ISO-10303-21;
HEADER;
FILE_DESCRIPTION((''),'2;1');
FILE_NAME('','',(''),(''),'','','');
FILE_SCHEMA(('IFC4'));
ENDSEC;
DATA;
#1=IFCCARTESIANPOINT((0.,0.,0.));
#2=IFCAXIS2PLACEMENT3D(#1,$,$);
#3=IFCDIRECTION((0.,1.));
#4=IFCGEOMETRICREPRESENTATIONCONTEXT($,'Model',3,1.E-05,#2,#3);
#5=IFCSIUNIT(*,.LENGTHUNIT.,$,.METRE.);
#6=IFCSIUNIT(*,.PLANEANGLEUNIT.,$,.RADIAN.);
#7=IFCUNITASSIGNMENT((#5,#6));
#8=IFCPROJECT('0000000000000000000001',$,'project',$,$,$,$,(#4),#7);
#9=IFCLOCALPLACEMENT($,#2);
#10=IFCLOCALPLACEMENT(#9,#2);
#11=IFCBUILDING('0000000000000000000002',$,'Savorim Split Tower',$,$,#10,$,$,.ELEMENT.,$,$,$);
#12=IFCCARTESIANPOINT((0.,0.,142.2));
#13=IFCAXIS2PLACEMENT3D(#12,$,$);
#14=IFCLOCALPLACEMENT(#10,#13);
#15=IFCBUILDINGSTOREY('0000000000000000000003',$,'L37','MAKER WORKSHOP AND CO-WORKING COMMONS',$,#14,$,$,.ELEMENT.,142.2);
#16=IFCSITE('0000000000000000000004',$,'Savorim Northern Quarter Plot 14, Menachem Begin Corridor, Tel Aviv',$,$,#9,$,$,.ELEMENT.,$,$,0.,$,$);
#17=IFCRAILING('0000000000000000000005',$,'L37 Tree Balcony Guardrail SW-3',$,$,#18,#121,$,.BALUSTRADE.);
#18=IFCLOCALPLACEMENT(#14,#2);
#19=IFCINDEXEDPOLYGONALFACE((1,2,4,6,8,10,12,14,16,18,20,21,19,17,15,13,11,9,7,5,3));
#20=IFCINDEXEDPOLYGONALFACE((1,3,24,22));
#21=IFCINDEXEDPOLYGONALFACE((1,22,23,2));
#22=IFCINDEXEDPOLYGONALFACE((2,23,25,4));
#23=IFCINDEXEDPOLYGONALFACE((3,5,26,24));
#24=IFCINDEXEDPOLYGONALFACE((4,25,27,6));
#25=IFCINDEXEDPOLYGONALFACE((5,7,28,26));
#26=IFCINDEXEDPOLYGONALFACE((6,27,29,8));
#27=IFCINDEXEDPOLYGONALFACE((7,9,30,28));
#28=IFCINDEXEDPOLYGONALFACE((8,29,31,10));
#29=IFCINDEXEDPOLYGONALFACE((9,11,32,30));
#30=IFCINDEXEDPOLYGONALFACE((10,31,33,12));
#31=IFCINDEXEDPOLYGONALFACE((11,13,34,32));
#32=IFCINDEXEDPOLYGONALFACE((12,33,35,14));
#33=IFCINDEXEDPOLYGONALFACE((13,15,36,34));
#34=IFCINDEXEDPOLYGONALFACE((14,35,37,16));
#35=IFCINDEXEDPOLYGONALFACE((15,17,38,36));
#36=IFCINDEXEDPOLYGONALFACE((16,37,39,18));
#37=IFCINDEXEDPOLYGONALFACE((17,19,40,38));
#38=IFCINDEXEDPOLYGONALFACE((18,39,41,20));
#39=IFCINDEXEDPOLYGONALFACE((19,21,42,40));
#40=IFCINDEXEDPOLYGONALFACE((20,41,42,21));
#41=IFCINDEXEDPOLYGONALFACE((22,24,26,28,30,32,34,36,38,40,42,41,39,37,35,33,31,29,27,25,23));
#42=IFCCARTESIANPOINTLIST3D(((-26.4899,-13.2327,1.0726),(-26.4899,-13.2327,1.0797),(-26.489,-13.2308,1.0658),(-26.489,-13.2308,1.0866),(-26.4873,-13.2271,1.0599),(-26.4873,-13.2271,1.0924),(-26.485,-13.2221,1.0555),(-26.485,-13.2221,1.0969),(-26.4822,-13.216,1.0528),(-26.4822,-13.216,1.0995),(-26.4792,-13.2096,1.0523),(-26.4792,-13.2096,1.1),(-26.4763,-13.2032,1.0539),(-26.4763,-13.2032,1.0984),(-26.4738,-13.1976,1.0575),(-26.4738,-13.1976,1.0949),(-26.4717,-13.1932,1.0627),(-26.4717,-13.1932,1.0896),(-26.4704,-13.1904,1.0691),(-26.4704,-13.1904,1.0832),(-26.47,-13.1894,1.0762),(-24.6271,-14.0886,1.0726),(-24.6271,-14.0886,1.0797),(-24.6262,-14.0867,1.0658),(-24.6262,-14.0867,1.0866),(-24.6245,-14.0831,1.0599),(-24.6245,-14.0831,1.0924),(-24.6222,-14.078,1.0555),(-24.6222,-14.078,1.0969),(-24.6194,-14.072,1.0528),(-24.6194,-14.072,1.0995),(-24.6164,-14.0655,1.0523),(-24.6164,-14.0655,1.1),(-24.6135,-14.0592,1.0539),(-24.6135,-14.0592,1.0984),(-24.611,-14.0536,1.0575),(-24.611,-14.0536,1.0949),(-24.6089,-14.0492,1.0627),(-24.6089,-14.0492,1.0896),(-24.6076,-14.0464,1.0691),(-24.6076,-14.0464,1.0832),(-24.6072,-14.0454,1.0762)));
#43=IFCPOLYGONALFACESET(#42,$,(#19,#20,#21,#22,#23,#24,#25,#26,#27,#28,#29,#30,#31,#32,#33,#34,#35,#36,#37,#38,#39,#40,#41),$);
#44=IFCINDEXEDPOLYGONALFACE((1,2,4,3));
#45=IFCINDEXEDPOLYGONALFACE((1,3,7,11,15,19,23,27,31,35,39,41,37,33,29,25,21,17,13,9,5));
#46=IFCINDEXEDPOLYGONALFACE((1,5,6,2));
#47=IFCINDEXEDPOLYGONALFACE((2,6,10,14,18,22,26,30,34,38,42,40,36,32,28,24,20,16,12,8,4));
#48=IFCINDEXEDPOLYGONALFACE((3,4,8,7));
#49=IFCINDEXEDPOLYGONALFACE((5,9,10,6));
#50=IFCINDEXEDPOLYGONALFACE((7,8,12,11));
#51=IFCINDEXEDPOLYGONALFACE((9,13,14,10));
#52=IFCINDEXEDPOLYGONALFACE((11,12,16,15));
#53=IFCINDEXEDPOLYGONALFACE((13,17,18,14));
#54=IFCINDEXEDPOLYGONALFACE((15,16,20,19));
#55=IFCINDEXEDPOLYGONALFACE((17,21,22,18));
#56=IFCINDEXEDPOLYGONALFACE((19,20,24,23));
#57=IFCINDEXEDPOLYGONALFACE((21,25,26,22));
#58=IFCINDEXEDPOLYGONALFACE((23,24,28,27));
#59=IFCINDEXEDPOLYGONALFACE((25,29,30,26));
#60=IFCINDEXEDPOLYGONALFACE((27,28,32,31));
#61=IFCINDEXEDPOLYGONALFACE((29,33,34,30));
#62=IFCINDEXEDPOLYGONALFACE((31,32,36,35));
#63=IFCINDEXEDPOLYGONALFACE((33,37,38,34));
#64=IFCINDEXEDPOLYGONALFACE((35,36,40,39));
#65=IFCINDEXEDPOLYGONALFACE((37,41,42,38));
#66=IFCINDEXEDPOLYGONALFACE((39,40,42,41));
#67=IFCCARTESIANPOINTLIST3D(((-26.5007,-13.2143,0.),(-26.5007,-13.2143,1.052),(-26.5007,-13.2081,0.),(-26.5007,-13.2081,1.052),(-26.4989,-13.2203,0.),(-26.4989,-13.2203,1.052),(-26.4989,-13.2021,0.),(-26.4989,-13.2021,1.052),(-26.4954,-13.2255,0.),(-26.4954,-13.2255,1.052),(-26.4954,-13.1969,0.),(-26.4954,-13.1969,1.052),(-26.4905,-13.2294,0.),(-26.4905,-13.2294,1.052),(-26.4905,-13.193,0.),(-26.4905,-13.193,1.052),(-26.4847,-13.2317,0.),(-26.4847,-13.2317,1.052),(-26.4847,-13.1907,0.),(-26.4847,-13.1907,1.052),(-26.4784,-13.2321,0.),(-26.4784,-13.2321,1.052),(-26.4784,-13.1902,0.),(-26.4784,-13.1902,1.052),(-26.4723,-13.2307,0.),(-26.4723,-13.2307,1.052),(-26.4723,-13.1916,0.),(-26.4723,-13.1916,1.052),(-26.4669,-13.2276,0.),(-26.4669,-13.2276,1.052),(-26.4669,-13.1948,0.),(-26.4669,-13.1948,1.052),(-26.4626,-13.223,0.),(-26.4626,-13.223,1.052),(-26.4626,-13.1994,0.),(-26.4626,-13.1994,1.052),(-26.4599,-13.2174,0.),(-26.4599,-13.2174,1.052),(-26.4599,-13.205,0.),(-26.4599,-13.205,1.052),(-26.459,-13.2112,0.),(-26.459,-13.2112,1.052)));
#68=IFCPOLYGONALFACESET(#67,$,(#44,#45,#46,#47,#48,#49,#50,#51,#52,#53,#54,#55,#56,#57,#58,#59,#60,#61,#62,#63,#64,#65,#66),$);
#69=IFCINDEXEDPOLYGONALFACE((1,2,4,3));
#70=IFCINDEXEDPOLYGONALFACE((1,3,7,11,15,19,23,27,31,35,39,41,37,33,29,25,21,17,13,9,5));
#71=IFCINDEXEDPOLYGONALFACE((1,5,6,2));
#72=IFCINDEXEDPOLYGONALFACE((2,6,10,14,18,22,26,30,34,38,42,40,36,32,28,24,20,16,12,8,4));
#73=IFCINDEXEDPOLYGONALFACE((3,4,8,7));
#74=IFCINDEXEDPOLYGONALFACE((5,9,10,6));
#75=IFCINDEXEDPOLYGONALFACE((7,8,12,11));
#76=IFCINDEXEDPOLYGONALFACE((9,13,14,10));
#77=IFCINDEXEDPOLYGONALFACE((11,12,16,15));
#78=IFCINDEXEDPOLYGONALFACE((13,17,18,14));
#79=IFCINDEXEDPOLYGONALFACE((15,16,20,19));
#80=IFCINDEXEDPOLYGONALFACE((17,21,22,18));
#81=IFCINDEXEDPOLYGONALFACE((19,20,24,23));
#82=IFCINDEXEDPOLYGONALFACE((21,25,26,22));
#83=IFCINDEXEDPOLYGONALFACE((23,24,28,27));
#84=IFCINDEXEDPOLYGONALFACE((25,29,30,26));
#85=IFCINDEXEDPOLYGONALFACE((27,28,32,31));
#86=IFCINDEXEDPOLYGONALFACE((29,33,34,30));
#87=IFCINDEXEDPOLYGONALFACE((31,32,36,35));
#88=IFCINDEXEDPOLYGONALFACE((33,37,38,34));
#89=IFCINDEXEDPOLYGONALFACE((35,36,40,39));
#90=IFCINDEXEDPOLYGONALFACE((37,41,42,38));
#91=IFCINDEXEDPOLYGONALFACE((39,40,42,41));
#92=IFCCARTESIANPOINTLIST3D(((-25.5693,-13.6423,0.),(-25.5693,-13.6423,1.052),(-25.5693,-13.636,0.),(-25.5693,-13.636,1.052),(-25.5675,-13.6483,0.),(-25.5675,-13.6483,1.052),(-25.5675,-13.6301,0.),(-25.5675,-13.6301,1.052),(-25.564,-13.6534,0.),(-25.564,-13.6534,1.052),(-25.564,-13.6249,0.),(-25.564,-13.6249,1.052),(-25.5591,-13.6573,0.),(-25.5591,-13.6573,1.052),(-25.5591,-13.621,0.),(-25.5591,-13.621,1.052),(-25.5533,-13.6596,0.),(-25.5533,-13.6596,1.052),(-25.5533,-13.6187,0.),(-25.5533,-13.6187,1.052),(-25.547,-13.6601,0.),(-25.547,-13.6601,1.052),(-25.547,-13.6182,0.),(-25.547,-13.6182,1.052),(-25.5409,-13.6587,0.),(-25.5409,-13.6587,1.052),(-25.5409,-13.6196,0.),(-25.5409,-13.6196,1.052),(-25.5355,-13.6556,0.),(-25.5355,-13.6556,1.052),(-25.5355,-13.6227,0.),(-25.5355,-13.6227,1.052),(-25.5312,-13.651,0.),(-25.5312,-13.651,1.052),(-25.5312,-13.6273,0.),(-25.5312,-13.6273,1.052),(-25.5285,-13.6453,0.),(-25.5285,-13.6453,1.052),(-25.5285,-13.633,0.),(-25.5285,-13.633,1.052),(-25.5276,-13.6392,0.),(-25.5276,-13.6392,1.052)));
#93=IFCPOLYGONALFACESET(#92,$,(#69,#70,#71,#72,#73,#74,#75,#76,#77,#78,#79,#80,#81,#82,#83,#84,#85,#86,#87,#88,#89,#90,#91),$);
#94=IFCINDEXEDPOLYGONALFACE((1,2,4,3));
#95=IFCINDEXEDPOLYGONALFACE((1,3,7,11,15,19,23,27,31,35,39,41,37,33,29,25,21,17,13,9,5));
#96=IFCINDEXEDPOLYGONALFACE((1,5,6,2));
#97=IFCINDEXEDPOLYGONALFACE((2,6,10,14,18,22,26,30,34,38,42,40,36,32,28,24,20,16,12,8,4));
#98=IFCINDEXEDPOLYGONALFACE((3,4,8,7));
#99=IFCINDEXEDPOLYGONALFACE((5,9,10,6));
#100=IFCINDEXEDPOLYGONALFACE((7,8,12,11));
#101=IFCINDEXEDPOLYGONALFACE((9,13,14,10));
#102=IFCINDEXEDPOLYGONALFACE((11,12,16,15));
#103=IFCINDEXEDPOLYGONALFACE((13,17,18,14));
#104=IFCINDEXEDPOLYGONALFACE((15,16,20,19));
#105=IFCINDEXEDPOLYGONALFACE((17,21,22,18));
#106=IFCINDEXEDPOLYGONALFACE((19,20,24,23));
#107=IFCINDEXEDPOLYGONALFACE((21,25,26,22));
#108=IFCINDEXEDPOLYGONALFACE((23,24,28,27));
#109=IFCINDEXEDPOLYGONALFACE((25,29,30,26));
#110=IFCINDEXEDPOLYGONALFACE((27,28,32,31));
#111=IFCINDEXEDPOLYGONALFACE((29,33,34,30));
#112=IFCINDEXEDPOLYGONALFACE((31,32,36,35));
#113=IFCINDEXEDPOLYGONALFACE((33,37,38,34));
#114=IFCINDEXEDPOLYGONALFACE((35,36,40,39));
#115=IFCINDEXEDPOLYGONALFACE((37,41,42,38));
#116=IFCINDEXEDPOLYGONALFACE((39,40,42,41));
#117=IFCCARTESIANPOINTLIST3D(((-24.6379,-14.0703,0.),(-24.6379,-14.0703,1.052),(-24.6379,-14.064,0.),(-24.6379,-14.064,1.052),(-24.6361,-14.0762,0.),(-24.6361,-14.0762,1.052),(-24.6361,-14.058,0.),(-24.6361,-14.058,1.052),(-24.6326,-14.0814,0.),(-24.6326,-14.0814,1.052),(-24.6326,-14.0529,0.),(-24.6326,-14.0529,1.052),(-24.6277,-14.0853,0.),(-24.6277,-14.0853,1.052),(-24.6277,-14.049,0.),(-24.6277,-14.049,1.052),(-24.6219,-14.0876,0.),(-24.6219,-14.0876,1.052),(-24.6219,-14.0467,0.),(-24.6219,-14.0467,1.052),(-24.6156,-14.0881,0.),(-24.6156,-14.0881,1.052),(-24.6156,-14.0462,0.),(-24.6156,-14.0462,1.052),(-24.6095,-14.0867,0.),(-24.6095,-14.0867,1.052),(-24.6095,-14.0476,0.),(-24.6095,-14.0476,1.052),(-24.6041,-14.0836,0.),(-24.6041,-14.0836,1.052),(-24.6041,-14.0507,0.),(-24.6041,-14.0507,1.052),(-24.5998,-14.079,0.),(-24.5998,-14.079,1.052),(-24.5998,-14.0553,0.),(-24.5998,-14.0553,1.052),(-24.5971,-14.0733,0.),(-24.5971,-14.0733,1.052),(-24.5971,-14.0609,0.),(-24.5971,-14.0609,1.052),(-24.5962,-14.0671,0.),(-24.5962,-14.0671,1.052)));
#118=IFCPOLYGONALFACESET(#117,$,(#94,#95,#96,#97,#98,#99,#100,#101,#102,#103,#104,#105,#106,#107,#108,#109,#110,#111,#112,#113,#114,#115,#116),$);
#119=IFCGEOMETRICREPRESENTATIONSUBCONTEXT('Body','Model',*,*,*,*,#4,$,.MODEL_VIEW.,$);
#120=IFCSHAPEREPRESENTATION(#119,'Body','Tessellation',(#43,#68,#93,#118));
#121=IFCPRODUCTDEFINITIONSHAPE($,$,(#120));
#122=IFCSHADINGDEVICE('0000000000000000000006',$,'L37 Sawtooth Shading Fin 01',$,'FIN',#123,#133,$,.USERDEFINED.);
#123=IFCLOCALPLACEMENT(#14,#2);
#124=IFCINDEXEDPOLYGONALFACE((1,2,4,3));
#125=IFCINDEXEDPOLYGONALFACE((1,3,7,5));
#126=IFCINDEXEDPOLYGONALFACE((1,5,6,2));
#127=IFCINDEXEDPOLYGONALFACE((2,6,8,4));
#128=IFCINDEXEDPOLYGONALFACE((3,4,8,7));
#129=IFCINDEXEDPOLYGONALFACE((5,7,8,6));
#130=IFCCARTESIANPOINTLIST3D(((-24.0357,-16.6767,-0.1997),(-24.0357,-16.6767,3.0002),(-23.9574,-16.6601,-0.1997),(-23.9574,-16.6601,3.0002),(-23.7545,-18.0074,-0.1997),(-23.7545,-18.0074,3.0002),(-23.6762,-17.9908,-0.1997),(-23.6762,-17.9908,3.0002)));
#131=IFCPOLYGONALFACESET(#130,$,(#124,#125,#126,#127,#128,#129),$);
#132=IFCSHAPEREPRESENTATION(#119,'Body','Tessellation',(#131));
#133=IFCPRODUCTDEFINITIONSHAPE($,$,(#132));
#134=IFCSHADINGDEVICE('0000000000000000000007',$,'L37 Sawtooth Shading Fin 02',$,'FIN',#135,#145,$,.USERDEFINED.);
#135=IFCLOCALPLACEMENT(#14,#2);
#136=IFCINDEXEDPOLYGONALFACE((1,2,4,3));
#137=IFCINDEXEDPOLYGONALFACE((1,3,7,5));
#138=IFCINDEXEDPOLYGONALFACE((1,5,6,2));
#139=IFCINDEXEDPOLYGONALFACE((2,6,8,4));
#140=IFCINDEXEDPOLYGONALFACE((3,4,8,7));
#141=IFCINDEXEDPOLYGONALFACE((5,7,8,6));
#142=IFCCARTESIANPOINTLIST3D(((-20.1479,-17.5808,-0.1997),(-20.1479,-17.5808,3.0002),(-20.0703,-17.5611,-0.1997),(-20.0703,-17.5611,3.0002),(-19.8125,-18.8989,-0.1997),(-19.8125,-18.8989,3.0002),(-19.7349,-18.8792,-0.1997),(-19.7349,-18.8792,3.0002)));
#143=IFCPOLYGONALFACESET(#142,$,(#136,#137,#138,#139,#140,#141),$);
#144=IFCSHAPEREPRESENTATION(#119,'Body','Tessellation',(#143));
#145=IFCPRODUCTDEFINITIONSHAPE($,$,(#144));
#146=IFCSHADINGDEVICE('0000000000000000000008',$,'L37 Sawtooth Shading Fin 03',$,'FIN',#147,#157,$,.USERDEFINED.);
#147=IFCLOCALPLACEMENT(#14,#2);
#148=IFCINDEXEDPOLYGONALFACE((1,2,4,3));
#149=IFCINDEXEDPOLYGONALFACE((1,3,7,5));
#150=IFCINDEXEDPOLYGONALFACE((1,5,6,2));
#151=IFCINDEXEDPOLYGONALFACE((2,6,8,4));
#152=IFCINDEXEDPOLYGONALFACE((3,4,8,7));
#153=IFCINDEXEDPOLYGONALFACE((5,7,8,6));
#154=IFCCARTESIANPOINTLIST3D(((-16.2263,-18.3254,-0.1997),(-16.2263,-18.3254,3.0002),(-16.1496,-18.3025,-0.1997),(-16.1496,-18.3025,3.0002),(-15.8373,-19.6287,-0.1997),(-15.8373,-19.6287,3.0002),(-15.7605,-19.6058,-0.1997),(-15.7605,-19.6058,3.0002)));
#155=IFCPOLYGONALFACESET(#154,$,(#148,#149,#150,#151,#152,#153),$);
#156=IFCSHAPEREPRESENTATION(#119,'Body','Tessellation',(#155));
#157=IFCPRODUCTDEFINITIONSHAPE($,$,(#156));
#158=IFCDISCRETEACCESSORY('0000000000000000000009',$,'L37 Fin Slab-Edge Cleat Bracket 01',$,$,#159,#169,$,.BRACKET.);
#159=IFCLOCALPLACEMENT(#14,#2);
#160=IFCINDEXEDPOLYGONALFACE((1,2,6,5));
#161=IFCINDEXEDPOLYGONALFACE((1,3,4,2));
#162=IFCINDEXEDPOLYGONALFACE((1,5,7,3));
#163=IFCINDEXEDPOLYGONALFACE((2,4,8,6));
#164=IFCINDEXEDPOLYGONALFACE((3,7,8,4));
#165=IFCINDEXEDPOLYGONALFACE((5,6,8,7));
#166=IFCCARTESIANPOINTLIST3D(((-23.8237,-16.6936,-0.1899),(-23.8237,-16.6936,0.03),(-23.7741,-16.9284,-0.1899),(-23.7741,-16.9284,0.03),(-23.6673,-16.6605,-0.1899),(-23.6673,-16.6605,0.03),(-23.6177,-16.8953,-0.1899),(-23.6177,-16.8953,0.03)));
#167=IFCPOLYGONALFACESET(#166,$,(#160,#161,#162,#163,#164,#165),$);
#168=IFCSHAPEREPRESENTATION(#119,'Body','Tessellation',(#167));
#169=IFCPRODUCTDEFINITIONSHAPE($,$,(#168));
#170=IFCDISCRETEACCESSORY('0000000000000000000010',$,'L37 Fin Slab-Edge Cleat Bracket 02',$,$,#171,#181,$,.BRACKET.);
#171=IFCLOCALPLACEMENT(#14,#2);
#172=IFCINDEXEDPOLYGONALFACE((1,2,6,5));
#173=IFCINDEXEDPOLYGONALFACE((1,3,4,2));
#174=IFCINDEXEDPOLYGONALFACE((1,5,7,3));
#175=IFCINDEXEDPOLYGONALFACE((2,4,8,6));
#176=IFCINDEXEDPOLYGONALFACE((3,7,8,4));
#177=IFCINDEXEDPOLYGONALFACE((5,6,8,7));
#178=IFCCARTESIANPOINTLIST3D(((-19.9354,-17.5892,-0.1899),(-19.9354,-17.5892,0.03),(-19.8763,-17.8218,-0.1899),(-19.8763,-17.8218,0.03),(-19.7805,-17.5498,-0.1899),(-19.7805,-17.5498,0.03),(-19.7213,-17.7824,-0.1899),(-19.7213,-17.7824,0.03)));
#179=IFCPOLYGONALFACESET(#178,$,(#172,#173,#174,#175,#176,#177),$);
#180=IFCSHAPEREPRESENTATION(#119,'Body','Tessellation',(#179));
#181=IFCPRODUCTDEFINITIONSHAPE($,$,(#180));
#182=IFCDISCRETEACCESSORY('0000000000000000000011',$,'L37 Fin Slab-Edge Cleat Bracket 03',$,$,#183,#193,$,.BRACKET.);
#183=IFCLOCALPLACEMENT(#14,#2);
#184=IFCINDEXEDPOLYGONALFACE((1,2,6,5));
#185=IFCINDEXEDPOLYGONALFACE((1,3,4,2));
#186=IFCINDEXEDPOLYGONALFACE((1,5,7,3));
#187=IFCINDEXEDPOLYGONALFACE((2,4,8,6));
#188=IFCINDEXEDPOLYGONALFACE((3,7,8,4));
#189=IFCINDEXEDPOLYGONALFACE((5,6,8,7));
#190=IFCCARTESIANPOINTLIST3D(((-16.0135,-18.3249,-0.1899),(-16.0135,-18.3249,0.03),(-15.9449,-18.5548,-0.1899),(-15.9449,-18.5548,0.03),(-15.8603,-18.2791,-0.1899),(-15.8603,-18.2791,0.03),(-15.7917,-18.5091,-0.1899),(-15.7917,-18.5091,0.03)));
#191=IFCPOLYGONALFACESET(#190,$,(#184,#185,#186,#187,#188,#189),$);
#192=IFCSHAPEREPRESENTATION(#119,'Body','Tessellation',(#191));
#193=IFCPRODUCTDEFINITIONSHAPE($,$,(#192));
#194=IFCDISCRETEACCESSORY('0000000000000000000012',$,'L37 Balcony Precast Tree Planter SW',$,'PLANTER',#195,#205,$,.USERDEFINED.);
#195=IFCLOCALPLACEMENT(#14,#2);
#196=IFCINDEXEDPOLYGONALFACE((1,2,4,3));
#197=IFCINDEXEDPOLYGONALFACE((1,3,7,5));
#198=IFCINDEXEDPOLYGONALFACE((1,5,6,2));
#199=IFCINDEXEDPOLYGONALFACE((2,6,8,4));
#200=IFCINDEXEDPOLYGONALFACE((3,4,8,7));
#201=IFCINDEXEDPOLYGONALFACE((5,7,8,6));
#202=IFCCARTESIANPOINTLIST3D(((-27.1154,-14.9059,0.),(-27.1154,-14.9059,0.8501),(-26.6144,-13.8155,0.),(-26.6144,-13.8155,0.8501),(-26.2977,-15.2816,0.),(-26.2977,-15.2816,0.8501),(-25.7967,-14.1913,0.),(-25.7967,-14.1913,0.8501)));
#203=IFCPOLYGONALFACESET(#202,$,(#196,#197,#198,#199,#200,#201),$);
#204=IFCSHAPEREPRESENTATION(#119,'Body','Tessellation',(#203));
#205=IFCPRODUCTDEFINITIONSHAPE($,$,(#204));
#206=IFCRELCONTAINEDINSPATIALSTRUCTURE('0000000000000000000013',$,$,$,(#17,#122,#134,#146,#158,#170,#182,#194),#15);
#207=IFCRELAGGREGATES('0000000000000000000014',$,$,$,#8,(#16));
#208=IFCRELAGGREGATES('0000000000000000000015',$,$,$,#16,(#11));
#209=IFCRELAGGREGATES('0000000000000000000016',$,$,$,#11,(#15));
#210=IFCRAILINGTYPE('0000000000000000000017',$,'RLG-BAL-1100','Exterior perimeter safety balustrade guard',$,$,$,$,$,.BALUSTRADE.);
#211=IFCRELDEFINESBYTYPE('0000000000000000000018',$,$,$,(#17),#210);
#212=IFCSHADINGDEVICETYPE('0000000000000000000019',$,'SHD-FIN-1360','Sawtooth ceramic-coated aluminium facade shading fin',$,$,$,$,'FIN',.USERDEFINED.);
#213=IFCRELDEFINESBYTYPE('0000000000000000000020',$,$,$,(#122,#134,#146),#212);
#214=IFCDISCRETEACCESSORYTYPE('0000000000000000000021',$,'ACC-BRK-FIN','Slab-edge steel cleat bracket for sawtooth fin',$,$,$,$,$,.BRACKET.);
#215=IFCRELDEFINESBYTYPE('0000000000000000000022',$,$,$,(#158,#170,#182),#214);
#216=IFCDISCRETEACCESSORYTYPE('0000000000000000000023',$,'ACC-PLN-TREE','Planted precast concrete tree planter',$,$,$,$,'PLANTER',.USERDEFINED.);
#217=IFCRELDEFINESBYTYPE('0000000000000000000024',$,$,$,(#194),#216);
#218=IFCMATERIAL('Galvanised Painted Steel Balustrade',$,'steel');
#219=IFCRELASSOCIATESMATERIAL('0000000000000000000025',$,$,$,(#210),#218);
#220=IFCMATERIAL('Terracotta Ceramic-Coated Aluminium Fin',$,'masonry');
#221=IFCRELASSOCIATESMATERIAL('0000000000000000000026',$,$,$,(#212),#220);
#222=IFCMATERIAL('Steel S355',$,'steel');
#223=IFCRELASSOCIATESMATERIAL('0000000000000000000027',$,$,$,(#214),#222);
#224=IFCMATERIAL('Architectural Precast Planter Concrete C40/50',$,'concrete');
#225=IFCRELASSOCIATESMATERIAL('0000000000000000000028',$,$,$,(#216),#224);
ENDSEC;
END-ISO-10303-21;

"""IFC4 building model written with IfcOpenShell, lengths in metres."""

from ifc_helpers import new_model, si_unit, direction, frame, origin, origin_2d, place, context, subcontext, project, spatial, rectangle, circle, extrude, material, type_object, element, save


model = new_model("IFC4")

# Units and contexts
model_context = context("Model", 3, precision=1e-05, world=origin(), true_north=direction((0.0, 1.0)))
body_context = subcontext(model_context, "Body", "Model", "MODEL_VIEW")
ifc_project = project(units=[si_unit("LENGTHUNIT", "METRE"), si_unit("PLANEANGLEUNIT", "RADIAN")], contexts=[model_context])

# Site, building, storey
site_placement = place(None, origin())
site = spatial("IfcSite", under=ifc_project, at=site_placement, Name="Savorim Northern Quarter Plot 14, Menachem Begin Corridor, Tel Aviv", CompositionType="ELEMENT", RefElevation=0.0)
building_placement = place(site_placement, origin())
building = spatial("IfcBuilding", under=site, at=building_placement, Name="Savorim Split Tower", CompositionType="ELEMENT")
storey_placement = place(building_placement, frame((0.0, 0.0, 142.2)))
storey = spatial("IfcBuildingStorey", under=building, at=storey_placement, Name="L37", Description="MAKER WORKSHOP AND CO-WORKING COMMONS", CompositionType="ELEMENT", Elevation=142.2)

# Shared definitions
ifc_material_1 = material(Name="Steel S355", Category="steel")

# Railing
ifc_material_2 = material(Name="Galvanised Painted Steel Balustrade", Category="steel")
railing_type = type_object("IfcRailingType", Name="RLG-BAL-1100", Description="Exterior perimeter safety balustrade guard", PredefinedType="BALUSTRADE", material=ifc_material_2)
railing_1_placement = place(storey_placement, frame((-26.48, -13.2112, 0.0)))
element("IfcRailing", 1, at=railing_1_placement, inside=storey, type_object=railing_type, Name="L37 Tree Balcony Guardrail SW-3", PredefinedType="BALUSTRADE", context=body_context, shape_type="SweptSolid", body=[
    extrude(circle(Radius=0.0239, at=origin_2d()), frame((0.0, 0.0, 1.0762), z_axis=(0.908662, -0.417532, 0.0), x_axis=(0.417532, 0.908662, 0.0)), (0.0, 0.0, 1.0), 2.05),
    extrude(circle(Radius=0.021, at=origin_2d()), origin(), (0.0, 0.0, 1.0), 1.052),
    extrude(circle(Radius=0.021, at=origin_2d()), frame((0.9314, -0.428, 0.0)), (0.0, 0.0, 1.0), 1.052),
    extrude(circle(Radius=0.021, at=origin_2d()), frame((1.8628, -0.856, 0.0)), (0.0, 0.0, 1.0), 1.052),
])

# Shading devices
ifc_material_3 = material(Name="Terracotta Ceramic-Coated Aluminium Fin", Category="masonry")
shading_device_type = type_object("IfcShadingDeviceType", Name="SHD-FIN-1360", Description="Sawtooth ceramic-coated aluminium facade shading fin", ElementType="FIN", PredefinedType="USERDEFINED", material=ifc_material_3)
for number, where, z_axis, x_axis, name in (
    (2, (-23.856, -17.3337, -0.1997), (0.0, 0.0, 1.0), (0.206722, -0.9784, 0.0), "L37 Sawtooth Shading Fin 01"),
    (3, (-19.9414, -18.23, -0.1997), (0.0, 0.0, 1.0), (0.246581, -0.969122, 0.0), "L37 Sawtooth Shading Fin 02"),
    (4, (-15.9934, -18.9656, -0.1997), (0.0, 0.0, 1.0), (0.286026, -0.958222, 0.0), "L37 Sawtooth Shading Fin 03"),
):
    element("IfcShadingDevice", number, at=place(storey_placement, frame(where, z_axis=z_axis, x_axis=x_axis)), inside=storey, type_object=shading_device_type, Name=name, ObjectType="FIN", PredefinedType="USERDEFINED", context=body_context, shape_type="SweptSolid", body=[
        extrude(rectangle(XDim=1.3601, YDim=0.0801, at=origin_2d()), origin(), (0.0, 0.0, 1.0), 3.2),
    ])

# Discrete accessories
discrete_accessory_type_1 = type_object("IfcDiscreteAccessoryType", Name="ACC-BRK-FIN", Description="Slab-edge steel cleat bracket for sawtooth fin", PredefinedType="BRACKET", material=ifc_material_1)
for number, where, z_axis, x_axis, name in (
    (5, (-23.7207, -16.7944, -0.1899), (0.0, 0.0, 1.0), (0.206722, -0.9784, 0.0), "L37 Fin Slab-Edge Cleat Bracket 01"),
    (6, (-19.8284, -17.6858, -0.1899), (0.0, 0.0, 1.0), (0.246581, -0.969122, 0.0), "L37 Fin Slab-Edge Cleat Bracket 02"),
    (7, (-15.9026, -18.417, -0.1899), (0.0, 0.0, 1.0), (0.286026, -0.958222, 0.0), "L37 Fin Slab-Edge Cleat Bracket 03"),
):
    element("IfcDiscreteAccessory", number, at=place(storey_placement, frame(where, z_axis=z_axis, x_axis=x_axis)), inside=storey, type_object=discrete_accessory_type_1, Name=name, PredefinedType="BRACKET", context=body_context, shape_type="SweptSolid", body=[
        extrude(rectangle(XDim=0.24, YDim=0.1599, at=origin_2d()), origin(), (0.0, 0.0, 1.0), 0.22),
    ])
ifc_material_4 = material(Name="Architectural Precast Planter Concrete C40/50", Category="concrete")
discrete_accessory_type_2 = type_object("IfcDiscreteAccessoryType", Name="ACC-PLN-TREE", Description="Planted precast concrete tree planter", ElementType="PLANTER", PredefinedType="USERDEFINED", material=ifc_material_4)
discrete_accessory_placement = place(storey_placement, frame((-26.4561, -14.5486, 0.0), z_axis=(0.0, 0.0, 1.0), x_axis=(-0.417494, -0.908679, 0.0)))
element("IfcDiscreteAccessory", 8, at=discrete_accessory_placement, inside=storey, type_object=discrete_accessory_type_2, Name="L37 Balcony Precast Tree Planter SW", ObjectType="PLANTER", PredefinedType="USERDEFINED", context=body_context, shape_type="SweptSolid", body=[
    extrude(rectangle(XDim=1.2, YDim=0.8999, at=origin_2d()), origin(), (0.0, 0.0, 1.0), 0.8501),
])

save(model, "model.ifc")
